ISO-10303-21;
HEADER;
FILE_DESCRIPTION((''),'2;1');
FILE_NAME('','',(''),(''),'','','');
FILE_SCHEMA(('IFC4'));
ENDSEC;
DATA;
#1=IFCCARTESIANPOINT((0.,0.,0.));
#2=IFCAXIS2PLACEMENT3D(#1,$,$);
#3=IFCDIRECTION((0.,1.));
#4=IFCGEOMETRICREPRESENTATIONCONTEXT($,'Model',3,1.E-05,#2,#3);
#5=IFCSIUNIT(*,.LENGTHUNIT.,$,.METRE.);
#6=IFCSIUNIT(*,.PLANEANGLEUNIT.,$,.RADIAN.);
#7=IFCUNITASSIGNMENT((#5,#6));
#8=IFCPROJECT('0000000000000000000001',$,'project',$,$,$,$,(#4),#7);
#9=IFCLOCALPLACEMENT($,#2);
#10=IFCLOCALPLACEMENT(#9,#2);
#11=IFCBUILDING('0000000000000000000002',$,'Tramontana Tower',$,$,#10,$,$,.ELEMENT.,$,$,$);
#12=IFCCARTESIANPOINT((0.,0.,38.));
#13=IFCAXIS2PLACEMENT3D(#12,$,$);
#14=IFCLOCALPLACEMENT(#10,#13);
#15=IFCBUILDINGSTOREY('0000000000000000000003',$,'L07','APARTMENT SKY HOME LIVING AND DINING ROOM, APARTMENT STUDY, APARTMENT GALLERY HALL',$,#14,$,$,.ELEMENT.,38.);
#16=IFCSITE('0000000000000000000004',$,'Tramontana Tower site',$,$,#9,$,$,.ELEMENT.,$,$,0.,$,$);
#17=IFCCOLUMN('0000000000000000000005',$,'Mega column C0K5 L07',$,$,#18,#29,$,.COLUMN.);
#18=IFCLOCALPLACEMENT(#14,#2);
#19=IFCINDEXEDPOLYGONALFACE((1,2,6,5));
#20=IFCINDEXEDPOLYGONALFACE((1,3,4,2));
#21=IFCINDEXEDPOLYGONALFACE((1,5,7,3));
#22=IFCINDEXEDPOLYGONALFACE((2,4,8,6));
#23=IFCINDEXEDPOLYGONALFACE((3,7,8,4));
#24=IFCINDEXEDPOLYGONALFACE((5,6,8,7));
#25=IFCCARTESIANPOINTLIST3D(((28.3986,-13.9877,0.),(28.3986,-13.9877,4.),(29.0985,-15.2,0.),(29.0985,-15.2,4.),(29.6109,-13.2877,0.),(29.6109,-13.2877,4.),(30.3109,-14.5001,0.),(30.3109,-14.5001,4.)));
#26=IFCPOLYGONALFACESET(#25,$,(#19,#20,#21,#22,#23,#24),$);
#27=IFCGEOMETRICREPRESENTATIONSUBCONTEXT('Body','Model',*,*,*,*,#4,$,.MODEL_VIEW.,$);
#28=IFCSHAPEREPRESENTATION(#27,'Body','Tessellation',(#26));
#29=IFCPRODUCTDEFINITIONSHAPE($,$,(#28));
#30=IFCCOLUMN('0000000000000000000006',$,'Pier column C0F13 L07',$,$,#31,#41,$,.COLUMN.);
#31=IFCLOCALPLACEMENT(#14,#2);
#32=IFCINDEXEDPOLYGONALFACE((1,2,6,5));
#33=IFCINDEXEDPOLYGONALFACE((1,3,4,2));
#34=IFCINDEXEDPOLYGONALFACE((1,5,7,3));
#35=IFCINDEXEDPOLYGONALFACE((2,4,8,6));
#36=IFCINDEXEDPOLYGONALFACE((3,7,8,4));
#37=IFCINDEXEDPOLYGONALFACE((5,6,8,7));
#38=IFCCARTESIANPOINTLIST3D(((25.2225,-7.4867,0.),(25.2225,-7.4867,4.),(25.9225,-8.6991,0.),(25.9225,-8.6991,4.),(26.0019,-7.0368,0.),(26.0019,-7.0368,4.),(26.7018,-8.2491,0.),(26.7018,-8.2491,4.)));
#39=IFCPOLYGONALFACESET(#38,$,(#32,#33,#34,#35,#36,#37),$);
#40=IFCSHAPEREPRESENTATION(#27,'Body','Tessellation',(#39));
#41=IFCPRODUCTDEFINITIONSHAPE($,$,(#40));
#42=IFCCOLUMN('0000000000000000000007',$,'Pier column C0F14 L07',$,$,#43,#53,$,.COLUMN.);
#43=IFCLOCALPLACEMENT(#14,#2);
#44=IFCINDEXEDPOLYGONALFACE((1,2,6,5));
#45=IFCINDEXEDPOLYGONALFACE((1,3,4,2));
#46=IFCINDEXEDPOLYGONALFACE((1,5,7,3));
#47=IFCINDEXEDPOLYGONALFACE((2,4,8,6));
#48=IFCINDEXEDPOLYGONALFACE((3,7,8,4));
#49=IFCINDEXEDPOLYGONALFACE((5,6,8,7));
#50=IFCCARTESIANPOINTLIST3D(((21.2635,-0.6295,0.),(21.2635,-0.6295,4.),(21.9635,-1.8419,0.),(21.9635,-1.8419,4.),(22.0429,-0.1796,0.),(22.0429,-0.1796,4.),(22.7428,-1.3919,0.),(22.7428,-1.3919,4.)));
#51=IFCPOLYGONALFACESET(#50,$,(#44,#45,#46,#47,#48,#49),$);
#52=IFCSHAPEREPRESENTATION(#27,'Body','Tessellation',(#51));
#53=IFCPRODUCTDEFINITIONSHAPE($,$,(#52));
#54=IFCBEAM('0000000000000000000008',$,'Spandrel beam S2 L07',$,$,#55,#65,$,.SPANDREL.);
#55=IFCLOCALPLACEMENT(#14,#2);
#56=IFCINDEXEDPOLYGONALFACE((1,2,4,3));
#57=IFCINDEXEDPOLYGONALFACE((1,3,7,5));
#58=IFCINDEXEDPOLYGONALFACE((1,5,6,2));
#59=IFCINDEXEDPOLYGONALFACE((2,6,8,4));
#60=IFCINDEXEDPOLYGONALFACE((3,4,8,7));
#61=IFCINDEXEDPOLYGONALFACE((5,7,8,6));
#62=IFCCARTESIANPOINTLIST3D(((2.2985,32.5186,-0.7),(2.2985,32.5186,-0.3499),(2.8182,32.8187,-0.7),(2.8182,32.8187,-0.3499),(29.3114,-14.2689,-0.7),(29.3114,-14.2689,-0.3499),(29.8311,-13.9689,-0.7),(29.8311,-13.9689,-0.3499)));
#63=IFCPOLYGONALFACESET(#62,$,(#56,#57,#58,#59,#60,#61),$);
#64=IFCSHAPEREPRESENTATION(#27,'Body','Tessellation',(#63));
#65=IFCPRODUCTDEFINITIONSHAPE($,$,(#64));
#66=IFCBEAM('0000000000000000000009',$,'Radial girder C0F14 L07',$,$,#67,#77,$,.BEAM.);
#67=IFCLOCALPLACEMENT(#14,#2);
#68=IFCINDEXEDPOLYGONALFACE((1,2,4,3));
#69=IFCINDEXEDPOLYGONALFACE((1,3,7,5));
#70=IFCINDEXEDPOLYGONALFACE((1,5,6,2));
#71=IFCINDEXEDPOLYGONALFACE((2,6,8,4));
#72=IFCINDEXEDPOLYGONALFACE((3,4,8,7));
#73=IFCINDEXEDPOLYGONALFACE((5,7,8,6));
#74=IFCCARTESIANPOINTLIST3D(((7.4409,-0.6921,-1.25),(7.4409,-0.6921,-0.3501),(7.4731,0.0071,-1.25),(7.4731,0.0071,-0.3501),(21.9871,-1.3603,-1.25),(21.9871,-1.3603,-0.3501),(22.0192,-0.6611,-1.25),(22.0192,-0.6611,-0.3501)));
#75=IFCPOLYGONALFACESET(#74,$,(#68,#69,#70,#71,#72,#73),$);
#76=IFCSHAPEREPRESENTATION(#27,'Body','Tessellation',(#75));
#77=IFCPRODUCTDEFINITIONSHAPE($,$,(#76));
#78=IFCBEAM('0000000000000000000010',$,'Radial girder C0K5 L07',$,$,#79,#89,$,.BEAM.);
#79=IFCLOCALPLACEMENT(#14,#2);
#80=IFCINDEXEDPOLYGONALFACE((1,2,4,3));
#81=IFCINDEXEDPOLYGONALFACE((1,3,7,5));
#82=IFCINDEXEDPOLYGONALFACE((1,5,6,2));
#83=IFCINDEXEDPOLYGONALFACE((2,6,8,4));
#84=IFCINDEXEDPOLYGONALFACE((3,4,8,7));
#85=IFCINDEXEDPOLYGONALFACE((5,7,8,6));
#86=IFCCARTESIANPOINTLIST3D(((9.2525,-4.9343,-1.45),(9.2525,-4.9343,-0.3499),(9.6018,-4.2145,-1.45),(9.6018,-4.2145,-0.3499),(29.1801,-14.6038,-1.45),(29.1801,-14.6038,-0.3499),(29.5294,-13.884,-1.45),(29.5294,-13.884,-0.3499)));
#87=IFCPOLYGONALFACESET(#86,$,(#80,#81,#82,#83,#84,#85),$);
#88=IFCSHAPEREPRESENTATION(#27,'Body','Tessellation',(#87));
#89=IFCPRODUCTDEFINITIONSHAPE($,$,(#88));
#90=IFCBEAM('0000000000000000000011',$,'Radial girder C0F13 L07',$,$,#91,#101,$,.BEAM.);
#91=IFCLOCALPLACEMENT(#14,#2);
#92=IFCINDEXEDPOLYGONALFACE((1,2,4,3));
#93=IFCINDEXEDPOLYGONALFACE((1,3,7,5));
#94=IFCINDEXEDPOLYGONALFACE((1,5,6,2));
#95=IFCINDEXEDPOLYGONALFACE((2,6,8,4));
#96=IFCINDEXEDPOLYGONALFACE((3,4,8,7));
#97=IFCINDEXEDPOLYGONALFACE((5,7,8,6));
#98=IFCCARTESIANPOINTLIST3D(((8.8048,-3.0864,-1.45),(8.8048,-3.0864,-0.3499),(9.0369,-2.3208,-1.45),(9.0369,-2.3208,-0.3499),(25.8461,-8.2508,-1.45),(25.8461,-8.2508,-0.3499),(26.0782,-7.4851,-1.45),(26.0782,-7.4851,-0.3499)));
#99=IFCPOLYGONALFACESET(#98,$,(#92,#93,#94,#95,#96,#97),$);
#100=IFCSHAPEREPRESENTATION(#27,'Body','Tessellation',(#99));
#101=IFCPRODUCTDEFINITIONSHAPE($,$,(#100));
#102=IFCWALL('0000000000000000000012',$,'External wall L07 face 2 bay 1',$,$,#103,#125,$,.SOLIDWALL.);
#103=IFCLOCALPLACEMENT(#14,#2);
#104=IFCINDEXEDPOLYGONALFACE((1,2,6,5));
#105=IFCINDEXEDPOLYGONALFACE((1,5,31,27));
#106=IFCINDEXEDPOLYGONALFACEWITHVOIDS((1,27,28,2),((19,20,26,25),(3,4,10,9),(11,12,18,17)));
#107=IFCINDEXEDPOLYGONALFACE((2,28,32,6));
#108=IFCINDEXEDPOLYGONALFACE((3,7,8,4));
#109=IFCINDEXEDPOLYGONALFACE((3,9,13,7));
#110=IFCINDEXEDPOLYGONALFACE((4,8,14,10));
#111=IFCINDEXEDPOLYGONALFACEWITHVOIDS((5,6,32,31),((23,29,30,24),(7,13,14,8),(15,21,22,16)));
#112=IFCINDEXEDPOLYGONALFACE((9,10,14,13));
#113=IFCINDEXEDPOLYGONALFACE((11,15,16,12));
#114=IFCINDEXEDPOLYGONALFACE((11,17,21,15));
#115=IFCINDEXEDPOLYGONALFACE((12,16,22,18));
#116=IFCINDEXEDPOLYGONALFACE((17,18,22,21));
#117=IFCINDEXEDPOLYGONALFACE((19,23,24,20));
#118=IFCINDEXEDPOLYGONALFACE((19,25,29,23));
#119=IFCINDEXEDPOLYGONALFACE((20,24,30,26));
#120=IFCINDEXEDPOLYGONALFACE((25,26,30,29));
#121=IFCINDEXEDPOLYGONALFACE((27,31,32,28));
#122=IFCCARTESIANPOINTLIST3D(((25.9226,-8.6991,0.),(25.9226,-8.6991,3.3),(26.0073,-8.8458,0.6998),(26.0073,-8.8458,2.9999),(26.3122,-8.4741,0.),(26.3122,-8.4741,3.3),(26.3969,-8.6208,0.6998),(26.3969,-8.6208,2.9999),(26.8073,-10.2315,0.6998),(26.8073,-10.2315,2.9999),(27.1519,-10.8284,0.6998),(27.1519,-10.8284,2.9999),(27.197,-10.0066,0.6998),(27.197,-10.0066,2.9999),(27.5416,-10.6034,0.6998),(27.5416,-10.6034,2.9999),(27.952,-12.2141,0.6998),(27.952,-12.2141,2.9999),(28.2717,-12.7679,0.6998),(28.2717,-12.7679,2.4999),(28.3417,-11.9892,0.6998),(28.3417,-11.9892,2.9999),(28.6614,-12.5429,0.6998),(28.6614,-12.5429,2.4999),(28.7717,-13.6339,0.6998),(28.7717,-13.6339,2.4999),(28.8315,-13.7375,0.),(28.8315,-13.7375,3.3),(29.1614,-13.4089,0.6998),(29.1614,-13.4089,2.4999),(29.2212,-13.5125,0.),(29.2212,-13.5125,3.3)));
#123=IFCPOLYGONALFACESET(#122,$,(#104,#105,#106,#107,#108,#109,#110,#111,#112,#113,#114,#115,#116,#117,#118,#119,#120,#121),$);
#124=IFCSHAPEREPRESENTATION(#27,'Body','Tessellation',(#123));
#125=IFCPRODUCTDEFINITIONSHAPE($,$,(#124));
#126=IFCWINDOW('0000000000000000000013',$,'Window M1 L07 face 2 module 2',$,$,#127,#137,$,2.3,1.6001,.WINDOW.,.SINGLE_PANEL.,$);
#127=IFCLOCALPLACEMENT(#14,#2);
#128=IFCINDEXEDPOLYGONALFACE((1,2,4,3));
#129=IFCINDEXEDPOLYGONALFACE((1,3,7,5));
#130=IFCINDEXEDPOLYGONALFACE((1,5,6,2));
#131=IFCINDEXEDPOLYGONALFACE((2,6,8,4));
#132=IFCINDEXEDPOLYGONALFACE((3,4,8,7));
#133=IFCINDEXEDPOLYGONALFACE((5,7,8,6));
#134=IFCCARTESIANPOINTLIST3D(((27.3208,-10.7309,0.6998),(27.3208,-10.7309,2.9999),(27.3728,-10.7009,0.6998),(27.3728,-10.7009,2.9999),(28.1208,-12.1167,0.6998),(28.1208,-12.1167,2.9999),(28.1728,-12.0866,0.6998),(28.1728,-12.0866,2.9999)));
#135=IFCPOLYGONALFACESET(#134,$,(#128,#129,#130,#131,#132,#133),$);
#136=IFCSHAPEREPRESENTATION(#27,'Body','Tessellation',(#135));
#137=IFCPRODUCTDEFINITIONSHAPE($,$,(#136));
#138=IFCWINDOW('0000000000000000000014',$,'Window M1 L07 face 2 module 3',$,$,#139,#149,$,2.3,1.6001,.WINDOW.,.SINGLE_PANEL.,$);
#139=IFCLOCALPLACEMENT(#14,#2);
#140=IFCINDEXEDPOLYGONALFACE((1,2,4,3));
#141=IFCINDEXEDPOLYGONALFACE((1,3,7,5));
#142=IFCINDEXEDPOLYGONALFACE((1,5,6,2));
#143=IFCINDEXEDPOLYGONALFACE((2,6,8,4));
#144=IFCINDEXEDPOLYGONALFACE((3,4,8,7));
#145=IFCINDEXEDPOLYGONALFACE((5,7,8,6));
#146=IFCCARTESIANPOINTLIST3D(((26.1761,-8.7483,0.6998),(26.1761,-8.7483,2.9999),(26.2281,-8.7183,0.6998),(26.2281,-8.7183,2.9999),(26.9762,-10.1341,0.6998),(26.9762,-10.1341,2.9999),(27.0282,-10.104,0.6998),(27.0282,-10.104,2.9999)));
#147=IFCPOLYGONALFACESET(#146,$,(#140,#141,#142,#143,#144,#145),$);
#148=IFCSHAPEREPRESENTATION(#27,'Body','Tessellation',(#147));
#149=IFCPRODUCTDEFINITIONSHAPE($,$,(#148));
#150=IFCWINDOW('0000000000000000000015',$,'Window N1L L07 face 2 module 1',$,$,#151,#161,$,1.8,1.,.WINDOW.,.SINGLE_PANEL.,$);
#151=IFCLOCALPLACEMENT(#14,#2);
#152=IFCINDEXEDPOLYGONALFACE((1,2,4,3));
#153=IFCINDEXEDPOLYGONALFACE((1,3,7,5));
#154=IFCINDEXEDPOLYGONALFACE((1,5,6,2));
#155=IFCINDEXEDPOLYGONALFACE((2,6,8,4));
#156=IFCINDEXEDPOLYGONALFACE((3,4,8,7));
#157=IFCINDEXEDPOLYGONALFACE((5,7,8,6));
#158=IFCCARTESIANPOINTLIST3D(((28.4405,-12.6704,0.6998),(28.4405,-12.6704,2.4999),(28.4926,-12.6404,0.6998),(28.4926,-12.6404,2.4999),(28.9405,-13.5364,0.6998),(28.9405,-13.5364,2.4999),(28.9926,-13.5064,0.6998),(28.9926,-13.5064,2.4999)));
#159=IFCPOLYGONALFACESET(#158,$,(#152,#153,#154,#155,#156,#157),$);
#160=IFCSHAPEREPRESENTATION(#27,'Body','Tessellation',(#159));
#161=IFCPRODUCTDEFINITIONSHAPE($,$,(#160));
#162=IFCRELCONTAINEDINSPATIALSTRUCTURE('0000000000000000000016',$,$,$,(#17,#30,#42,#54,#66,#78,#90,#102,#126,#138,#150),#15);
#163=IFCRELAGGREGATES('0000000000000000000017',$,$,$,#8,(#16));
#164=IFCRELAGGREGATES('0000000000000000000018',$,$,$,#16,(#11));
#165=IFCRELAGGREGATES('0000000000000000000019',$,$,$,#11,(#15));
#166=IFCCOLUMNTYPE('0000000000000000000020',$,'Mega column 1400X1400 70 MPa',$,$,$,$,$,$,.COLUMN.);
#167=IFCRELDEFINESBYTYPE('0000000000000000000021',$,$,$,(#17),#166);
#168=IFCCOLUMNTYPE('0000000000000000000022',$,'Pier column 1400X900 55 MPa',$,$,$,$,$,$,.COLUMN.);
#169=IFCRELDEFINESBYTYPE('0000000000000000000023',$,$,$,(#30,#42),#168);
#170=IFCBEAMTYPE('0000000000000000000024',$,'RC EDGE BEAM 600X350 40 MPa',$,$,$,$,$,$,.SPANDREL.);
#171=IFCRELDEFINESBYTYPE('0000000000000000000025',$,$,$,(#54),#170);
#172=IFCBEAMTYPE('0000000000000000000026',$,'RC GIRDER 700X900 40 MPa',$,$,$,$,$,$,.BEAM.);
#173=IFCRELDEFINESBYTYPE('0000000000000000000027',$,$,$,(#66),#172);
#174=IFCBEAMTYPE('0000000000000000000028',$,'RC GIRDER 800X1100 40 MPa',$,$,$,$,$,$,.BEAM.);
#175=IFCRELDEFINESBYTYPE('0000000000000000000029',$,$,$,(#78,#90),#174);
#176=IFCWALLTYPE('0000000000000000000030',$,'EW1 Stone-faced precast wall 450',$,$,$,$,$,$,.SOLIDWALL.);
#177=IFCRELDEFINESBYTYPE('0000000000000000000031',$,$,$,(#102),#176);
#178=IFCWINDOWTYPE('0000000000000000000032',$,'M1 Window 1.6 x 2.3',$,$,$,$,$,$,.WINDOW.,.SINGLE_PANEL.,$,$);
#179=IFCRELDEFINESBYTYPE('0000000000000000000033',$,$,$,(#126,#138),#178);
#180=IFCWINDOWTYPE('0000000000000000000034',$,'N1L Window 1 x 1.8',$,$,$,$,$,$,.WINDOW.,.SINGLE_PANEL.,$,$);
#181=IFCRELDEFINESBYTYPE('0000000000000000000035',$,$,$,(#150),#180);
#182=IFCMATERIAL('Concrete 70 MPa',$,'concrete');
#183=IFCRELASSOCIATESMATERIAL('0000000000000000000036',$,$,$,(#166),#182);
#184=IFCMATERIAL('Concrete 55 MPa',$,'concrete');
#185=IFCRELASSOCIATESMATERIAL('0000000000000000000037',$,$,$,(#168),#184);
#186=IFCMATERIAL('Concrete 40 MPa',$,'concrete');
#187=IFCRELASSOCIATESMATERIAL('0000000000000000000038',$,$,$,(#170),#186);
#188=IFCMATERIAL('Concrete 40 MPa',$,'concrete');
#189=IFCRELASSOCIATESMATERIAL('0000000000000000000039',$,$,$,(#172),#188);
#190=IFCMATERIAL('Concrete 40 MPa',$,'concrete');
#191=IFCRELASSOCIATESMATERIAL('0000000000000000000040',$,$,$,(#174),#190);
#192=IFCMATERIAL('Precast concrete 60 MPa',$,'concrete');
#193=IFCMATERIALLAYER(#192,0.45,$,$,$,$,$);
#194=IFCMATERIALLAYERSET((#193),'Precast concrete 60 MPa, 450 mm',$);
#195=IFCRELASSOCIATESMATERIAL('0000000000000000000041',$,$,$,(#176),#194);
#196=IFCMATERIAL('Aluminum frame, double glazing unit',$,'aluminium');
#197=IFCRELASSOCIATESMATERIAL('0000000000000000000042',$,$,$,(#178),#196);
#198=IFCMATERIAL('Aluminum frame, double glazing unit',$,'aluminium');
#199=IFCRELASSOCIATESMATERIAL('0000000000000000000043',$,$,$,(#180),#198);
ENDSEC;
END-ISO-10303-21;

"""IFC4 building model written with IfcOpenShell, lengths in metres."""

from ifc_helpers import new_model, si_unit, direction, frame, frame_2d, origin, origin_2d, place, context, subcontext, project, spatial, rectangle, extrude, material, layer, layer_set, material_profile, profile_set, type_object, element, fill, save


model = new_model("IFC4")

# Units and contexts
model_context = context("Model", 3, precision=1e-05, world=origin(), true_north=direction((0.0, 1.0)))
body_context = subcontext(model_context, "Body", "Model", "MODEL_VIEW")
ifc_project = project(units=[si_unit("LENGTHUNIT", "METRE"), si_unit("PLANEANGLEUNIT", "RADIAN")], contexts=[model_context])

# Site, building, storey
site_placement = place(None, origin())
site = spatial("IfcSite", under=ifc_project, at=site_placement, Name="Tramontana Tower site", CompositionType="ELEMENT", RefElevation=0.0)
building_placement = place(site_placement, origin())
building = spatial("IfcBuilding", under=site, at=building_placement, Name="Tramontana Tower", CompositionType="ELEMENT")
storey_placement = place(building_placement, frame((0.0, 0.0, 38.0)))
storey = spatial("IfcBuildingStorey", under=building, at=storey_placement, Name="L07", Description="APARTMENT SKY HOME LIVING AND DINING ROOM, APARTMENT STUDY, APARTMENT GALLERY HALL", CompositionType="ELEMENT", Elevation=38.0)

# Columns
ifc_material_1 = material(Name="Concrete 70 MPa", Category="concrete")
ifc_material_profile_1 = material_profile(ifc_material_1, rectangle(XDim=1.3999, YDim=1.3999, at=origin_2d()), Name="Mega column 1400X1400 70 MPa")
ifc_profile_set_1 = profile_set([ifc_material_profile_1], Name="Concrete 70 MPa")
column_type_1 = type_object("IfcColumnType", Name="Mega column 1400X1400 70 MPa", PredefinedType="COLUMN", material=ifc_profile_set_1)
column_placement = place(storey_placement, frame((29.3547, -14.2439, 0.0), z_axis=(0.0, 0.0, 1.0), x_axis=(-0.5, 0.866025, 0.0)))
element("IfcColumn", 1, at=column_placement, inside=storey, type_object=column_type_1, Name="Mega column C0K5 L07", PredefinedType="COLUMN", context=body_context, shape_type="SweptSolid", body=[
    extrude(rectangle(XDim=1.3999, YDim=1.3999, at=origin_2d()), origin(), (0.0, 0.0, 1.0), 4.0),
])
ifc_material_2 = material(Name="Concrete 55 MPa", Category="concrete")
ifc_material_profile_2 = material_profile(ifc_material_2, rectangle(XDim=1.3999, YDim=0.8999, at=origin_2d()), Name="Pier column 1400X900 55 MPa")
ifc_profile_set_2 = profile_set([ifc_material_profile_2], Name="Concrete 55 MPa")
column_type_2 = type_object("IfcColumnType", Name="Pier column 1400X900 55 MPa", PredefinedType="COLUMN", material=ifc_profile_set_2)
for number, where, z_axis, x_axis, name in (
    (2, (25.9622, -7.8679, 0.0), (0.0, 0.0, 1.0), (-0.5, 0.866025, 0.0), "Pier column C0F13 L07"),
    (3, (22.0032, -1.0107, 0.0), (0.0, 0.0, 1.0), (-0.5, 0.866025, 0.0), "Pier column C0F14 L07"),
):
    element("IfcColumn", number, at=place(storey_placement, frame(where, z_axis=z_axis, x_axis=x_axis)), inside=storey, type_object=column_type_2, Name=name, PredefinedType="COLUMN", context=body_context, shape_type="SweptSolid", body=[
        extrude(rectangle(XDim=1.3999, YDim=0.8999, at=origin_2d()), origin(), (0.0, 0.0, 1.0), 4.0),
    ])

# Beams
ifc_material_3 = material(Name="Concrete 40 MPa", Category="concrete")
ifc_material_profile_3 = material_profile(ifc_material_3, rectangle(XDim=0.6001, YDim=0.3501, at=origin_2d()), Name="RC EDGE BEAM 600X350 40 MPa")
ifc_profile_set_3 = profile_set([ifc_material_profile_3], Name="Concrete 40 MPa")
beam_type_1 = type_object("IfcBeamType", Name="RC EDGE BEAM 600X350 40 MPa", PredefinedType="SPANDREL", material=ifc_profile_set_3)
beam_1_placement = place(storey_placement, frame((29.5713, -14.1189, -0.5249), z_axis=(-0.500001, 0.866025, 0.0), x_axis=(-0.866025, -0.500001, 0.0)))
element("IfcBeam", 4, at=beam_1_placement, inside=storey, type_object=beam_type_1, Name="Spandrel beam S2 L07", PredefinedType="SPANDREL", context=body_context, shape_type="SweptSolid", body=[
    extrude(rectangle(XDim=0.6001, YDim=0.3501, at=origin_2d()), origin(), (0.0, 0.0, 1.0), 54.0256),
])
ifc_material_4 = material(Name="Concrete 40 MPa", Category="concrete")
ifc_material_profile_4 = material_profile(ifc_material_4, rectangle(XDim=0.7, YDim=0.8999, at=origin_2d()), Name="RC GIRDER 700X900 40 MPa")
ifc_profile_set_4 = profile_set([ifc_material_profile_4], Name="Concrete 40 MPa")
beam_type_2 = type_object("IfcBeamType", Name="RC GIRDER 700X900 40 MPa", PredefinedType="BEAM", material=ifc_profile_set_4)
beam_2_placement = place(storey_placement, frame((22.0032, -1.0107, -0.8), z_axis=(-0.998947, 0.045889, 0.0), x_axis=(-0.045889, -0.998947, 0.0)))
element("IfcBeam", 5, at=beam_2_placement, inside=storey, type_object=beam_type_2, Name="Radial girder C0F14 L07", PredefinedType="BEAM", context=body_context, shape_type="SweptSolid", body=[
    extrude(rectangle(XDim=0.7, YDim=0.8999, at=origin_2d()), origin(), (0.0, 0.0, 1.0), 14.5615),
])
ifc_material_5 = material(Name="Concrete 40 MPa", Category="concrete")
ifc_material_profile_5 = material_profile(ifc_material_5, rectangle(XDim=0.8, YDim=1.1001, at=origin_2d()), Name="RC GIRDER 800X1100 40 MPa")
ifc_profile_set_5 = profile_set([ifc_material_profile_5], Name="Concrete 40 MPa")
beam_type_3 = type_object("IfcBeamType", Name="RC GIRDER 800X1100 40 MPa", PredefinedType="BEAM", material=ifc_profile_set_5)
beam_3_placement = place(storey_placement, frame((29.3547, -14.2439, -0.8999), z_axis=(-0.899679, 0.436552, 0.0), x_axis=(-0.436552, -0.899679, 0.0)))
element("IfcBeam", 6, at=beam_3_placement, inside=storey, type_object=beam_type_3, Name="Radial girder C0K5 L07", PredefinedType="BEAM", context=body_context, shape_type="SweptSolid", body=[
    extrude(rectangle(XDim=0.8, YDim=1.1001, at=origin_2d()), origin(), (0.0, 0.0, 1.0), 22.1497),
])
beam_4_placement = place(storey_placement, frame((25.9622, -7.8679, -0.8999), z_axis=(-0.95702, 0.290022, 0.0), x_axis=(-0.290022, -0.95702, 0.0)))
element("IfcBeam", 7, at=beam_4_placement, inside=storey, type_object=beam_type_3, Name="Radial girder C0F13 L07", PredefinedType="BEAM", context=body_context, shape_type="SweptSolid", body=[
    extrude(rectangle(XDim=0.8, YDim=1.1001, at=origin_2d()), origin(), (0.0, 0.0, 1.0), 17.8066),
])

# Wall, openings, windows
ifc_material_6 = material(Name="Precast concrete 60 MPa", Category="concrete")
ifc_layer_1 = layer(ifc_material_6, 0.45)
ifc_layer_set_1 = layer_set([ifc_layer_1], Name="Precast concrete 60 MPa, 450 mm")
wall_type_1 = type_object("IfcWallType", Name="EW1 Stone-faced precast wall 450", PredefinedType="SOLIDWALL", material=ifc_layer_set_1)
wall_1_placement = place(storey_placement, frame((29.0264, -13.625, 0.0), z_axis=(0.0, 0.0, 1.0), x_axis=(-0.500007, 0.866021, 0.0)))
wall_1 = element("IfcWall", 8, at=wall_1_placement, inside=storey, type_object=wall_type_1, Name="External wall L07 face 2 bay 1", PredefinedType="SOLIDWALL", context=body_context, shape_type="SweptSolid", body=[
    extrude(rectangle(XDim=5.8179, YDim=0.45, at=frame_2d((2.9089, 0.0))), origin(), (0.0, 0.0, 1.0), 3.3),
])
opening_1_placement = place(wall_1_placement, frame((0.1196, 0.0, 0.7)))
opening_1 = element("IfcOpeningElement", 9, at=opening_1_placement, cuts=wall_1, PredefinedType="OPENING", context=body_context, shape_type="SweptSolid", body=[
    extrude(rectangle(XDim=1.0, YDim=1.8, at=frame_2d((0.5, 0.8999))), frame((0.0, 0.2349, 0.0), z_axis=(0.0, -1.0, 0.0), x_axis=(1.0, 0.0, 0.0)), (0.0, 0.0, 1.0), 0.47),
])
opening_2_placement = place(wall_1_placement, frame((1.759, 0.0, 0.7)))
opening_2 = element("IfcOpeningElement", 10, at=opening_2_placement, cuts=wall_1, PredefinedType="OPENING", context=body_context, shape_type="SweptSolid", body=[
    extrude(rectangle(XDim=1.6001, YDim=2.3, at=frame_2d((0.8, 1.1499))), frame((0.0, 0.2349, 0.0), z_axis=(0.0, -1.0, 0.0), x_axis=(1.0, 0.0, 0.0)), (0.0, 0.0, 1.0), 0.47),
])
opening_3_placement = place(wall_1_placement, frame((4.0483, 0.0, 0.7)))
opening_3 = element("IfcOpeningElement", 11, at=opening_3_placement, cuts=wall_1, PredefinedType="OPENING", context=body_context, shape_type="SweptSolid", body=[
    extrude(rectangle(XDim=1.6001, YDim=2.3, at=frame_2d((0.8, 1.1499))), frame((0.0, 0.2349, 0.0), z_axis=(0.0, -1.0, 0.0), x_axis=(1.0, 0.0, 0.0)), (0.0, 0.0, 1.0), 0.47),
])
ifc_material_7 = material(Name="Aluminum frame, double glazing unit", Category="aluminium")
window_type_1 = type_object("IfcWindowType", Name="M1 Window 1.6 x 2.3", PartitioningType="SINGLE_PANEL", PredefinedType="WINDOW", material=ifc_material_7)
window_1_placement = place(opening_2_placement, origin())
window_1 = element("IfcWindow", 12, at=window_1_placement, inside=storey, type_object=window_type_1, Name="Window M1 L07 face 2 module 2", OverallHeight=2.3, OverallWidth=1.6001, PartitioningType="SINGLE_PANEL", PredefinedType="WINDOW", context=body_context, shape_type="SweptSolid", body=[
    extrude(rectangle(XDim=1.6001, YDim=2.3, at=frame_2d((0.8, 1.1499))), frame((0.0, 0.03, 0.0), z_axis=(0.0, -1.0, 0.0), x_axis=(1.0, 0.0, 0.0)), (0.0, 0.0, 1.0), 0.0601),
])
fill(opening_2, window_1)
window_2_placement = place(opening_3_placement, origin())
window_2 = element("IfcWindow", 13, at=window_2_placement, inside=storey, type_object=window_type_1, Name="Window M1 L07 face 2 module 3", OverallHeight=2.3, OverallWidth=1.6001, PartitioningType="SINGLE_PANEL", PredefinedType="WINDOW", context=body_context, shape_type="SweptSolid", body=[
    extrude(rectangle(XDim=1.6001, YDim=2.3, at=frame_2d((0.8, 1.1499))), frame((0.0, 0.03, 0.0), z_axis=(0.0, -1.0, 0.0), x_axis=(1.0, 0.0, 0.0)), (0.0, 0.0, 1.0), 0.0601),
])
fill(opening_3, window_2)
ifc_material_8 = material(Name="Aluminum frame, double glazing unit", Category="aluminium")
window_type_2 = type_object("IfcWindowType", Name="N1L Window 1 x 1.8", PartitioningType="SINGLE_PANEL", PredefinedType="WINDOW", material=ifc_material_8)
window_3_placement = place(opening_1_placement, origin())
window_3 = element("IfcWindow", 14, at=window_3_placement, inside=storey, type_object=window_type_2, Name="Window N1L L07 face 2 module 1", OverallHeight=1.8, OverallWidth=1.0, PartitioningType="SINGLE_PANEL", PredefinedType="WINDOW", context=body_context, shape_type="SweptSolid", body=[
    extrude(rectangle(XDim=1.0, YDim=1.8, at=frame_2d((0.5, 0.8999))), frame((0.0, 0.03, 0.0), z_axis=(0.0, -1.0, 0.0), x_axis=(1.0, 0.0, 0.0)), (0.0, 0.0, 1.0), 0.0601),
])
fill(opening_1, window_3)

save(model, "model.ifc")
